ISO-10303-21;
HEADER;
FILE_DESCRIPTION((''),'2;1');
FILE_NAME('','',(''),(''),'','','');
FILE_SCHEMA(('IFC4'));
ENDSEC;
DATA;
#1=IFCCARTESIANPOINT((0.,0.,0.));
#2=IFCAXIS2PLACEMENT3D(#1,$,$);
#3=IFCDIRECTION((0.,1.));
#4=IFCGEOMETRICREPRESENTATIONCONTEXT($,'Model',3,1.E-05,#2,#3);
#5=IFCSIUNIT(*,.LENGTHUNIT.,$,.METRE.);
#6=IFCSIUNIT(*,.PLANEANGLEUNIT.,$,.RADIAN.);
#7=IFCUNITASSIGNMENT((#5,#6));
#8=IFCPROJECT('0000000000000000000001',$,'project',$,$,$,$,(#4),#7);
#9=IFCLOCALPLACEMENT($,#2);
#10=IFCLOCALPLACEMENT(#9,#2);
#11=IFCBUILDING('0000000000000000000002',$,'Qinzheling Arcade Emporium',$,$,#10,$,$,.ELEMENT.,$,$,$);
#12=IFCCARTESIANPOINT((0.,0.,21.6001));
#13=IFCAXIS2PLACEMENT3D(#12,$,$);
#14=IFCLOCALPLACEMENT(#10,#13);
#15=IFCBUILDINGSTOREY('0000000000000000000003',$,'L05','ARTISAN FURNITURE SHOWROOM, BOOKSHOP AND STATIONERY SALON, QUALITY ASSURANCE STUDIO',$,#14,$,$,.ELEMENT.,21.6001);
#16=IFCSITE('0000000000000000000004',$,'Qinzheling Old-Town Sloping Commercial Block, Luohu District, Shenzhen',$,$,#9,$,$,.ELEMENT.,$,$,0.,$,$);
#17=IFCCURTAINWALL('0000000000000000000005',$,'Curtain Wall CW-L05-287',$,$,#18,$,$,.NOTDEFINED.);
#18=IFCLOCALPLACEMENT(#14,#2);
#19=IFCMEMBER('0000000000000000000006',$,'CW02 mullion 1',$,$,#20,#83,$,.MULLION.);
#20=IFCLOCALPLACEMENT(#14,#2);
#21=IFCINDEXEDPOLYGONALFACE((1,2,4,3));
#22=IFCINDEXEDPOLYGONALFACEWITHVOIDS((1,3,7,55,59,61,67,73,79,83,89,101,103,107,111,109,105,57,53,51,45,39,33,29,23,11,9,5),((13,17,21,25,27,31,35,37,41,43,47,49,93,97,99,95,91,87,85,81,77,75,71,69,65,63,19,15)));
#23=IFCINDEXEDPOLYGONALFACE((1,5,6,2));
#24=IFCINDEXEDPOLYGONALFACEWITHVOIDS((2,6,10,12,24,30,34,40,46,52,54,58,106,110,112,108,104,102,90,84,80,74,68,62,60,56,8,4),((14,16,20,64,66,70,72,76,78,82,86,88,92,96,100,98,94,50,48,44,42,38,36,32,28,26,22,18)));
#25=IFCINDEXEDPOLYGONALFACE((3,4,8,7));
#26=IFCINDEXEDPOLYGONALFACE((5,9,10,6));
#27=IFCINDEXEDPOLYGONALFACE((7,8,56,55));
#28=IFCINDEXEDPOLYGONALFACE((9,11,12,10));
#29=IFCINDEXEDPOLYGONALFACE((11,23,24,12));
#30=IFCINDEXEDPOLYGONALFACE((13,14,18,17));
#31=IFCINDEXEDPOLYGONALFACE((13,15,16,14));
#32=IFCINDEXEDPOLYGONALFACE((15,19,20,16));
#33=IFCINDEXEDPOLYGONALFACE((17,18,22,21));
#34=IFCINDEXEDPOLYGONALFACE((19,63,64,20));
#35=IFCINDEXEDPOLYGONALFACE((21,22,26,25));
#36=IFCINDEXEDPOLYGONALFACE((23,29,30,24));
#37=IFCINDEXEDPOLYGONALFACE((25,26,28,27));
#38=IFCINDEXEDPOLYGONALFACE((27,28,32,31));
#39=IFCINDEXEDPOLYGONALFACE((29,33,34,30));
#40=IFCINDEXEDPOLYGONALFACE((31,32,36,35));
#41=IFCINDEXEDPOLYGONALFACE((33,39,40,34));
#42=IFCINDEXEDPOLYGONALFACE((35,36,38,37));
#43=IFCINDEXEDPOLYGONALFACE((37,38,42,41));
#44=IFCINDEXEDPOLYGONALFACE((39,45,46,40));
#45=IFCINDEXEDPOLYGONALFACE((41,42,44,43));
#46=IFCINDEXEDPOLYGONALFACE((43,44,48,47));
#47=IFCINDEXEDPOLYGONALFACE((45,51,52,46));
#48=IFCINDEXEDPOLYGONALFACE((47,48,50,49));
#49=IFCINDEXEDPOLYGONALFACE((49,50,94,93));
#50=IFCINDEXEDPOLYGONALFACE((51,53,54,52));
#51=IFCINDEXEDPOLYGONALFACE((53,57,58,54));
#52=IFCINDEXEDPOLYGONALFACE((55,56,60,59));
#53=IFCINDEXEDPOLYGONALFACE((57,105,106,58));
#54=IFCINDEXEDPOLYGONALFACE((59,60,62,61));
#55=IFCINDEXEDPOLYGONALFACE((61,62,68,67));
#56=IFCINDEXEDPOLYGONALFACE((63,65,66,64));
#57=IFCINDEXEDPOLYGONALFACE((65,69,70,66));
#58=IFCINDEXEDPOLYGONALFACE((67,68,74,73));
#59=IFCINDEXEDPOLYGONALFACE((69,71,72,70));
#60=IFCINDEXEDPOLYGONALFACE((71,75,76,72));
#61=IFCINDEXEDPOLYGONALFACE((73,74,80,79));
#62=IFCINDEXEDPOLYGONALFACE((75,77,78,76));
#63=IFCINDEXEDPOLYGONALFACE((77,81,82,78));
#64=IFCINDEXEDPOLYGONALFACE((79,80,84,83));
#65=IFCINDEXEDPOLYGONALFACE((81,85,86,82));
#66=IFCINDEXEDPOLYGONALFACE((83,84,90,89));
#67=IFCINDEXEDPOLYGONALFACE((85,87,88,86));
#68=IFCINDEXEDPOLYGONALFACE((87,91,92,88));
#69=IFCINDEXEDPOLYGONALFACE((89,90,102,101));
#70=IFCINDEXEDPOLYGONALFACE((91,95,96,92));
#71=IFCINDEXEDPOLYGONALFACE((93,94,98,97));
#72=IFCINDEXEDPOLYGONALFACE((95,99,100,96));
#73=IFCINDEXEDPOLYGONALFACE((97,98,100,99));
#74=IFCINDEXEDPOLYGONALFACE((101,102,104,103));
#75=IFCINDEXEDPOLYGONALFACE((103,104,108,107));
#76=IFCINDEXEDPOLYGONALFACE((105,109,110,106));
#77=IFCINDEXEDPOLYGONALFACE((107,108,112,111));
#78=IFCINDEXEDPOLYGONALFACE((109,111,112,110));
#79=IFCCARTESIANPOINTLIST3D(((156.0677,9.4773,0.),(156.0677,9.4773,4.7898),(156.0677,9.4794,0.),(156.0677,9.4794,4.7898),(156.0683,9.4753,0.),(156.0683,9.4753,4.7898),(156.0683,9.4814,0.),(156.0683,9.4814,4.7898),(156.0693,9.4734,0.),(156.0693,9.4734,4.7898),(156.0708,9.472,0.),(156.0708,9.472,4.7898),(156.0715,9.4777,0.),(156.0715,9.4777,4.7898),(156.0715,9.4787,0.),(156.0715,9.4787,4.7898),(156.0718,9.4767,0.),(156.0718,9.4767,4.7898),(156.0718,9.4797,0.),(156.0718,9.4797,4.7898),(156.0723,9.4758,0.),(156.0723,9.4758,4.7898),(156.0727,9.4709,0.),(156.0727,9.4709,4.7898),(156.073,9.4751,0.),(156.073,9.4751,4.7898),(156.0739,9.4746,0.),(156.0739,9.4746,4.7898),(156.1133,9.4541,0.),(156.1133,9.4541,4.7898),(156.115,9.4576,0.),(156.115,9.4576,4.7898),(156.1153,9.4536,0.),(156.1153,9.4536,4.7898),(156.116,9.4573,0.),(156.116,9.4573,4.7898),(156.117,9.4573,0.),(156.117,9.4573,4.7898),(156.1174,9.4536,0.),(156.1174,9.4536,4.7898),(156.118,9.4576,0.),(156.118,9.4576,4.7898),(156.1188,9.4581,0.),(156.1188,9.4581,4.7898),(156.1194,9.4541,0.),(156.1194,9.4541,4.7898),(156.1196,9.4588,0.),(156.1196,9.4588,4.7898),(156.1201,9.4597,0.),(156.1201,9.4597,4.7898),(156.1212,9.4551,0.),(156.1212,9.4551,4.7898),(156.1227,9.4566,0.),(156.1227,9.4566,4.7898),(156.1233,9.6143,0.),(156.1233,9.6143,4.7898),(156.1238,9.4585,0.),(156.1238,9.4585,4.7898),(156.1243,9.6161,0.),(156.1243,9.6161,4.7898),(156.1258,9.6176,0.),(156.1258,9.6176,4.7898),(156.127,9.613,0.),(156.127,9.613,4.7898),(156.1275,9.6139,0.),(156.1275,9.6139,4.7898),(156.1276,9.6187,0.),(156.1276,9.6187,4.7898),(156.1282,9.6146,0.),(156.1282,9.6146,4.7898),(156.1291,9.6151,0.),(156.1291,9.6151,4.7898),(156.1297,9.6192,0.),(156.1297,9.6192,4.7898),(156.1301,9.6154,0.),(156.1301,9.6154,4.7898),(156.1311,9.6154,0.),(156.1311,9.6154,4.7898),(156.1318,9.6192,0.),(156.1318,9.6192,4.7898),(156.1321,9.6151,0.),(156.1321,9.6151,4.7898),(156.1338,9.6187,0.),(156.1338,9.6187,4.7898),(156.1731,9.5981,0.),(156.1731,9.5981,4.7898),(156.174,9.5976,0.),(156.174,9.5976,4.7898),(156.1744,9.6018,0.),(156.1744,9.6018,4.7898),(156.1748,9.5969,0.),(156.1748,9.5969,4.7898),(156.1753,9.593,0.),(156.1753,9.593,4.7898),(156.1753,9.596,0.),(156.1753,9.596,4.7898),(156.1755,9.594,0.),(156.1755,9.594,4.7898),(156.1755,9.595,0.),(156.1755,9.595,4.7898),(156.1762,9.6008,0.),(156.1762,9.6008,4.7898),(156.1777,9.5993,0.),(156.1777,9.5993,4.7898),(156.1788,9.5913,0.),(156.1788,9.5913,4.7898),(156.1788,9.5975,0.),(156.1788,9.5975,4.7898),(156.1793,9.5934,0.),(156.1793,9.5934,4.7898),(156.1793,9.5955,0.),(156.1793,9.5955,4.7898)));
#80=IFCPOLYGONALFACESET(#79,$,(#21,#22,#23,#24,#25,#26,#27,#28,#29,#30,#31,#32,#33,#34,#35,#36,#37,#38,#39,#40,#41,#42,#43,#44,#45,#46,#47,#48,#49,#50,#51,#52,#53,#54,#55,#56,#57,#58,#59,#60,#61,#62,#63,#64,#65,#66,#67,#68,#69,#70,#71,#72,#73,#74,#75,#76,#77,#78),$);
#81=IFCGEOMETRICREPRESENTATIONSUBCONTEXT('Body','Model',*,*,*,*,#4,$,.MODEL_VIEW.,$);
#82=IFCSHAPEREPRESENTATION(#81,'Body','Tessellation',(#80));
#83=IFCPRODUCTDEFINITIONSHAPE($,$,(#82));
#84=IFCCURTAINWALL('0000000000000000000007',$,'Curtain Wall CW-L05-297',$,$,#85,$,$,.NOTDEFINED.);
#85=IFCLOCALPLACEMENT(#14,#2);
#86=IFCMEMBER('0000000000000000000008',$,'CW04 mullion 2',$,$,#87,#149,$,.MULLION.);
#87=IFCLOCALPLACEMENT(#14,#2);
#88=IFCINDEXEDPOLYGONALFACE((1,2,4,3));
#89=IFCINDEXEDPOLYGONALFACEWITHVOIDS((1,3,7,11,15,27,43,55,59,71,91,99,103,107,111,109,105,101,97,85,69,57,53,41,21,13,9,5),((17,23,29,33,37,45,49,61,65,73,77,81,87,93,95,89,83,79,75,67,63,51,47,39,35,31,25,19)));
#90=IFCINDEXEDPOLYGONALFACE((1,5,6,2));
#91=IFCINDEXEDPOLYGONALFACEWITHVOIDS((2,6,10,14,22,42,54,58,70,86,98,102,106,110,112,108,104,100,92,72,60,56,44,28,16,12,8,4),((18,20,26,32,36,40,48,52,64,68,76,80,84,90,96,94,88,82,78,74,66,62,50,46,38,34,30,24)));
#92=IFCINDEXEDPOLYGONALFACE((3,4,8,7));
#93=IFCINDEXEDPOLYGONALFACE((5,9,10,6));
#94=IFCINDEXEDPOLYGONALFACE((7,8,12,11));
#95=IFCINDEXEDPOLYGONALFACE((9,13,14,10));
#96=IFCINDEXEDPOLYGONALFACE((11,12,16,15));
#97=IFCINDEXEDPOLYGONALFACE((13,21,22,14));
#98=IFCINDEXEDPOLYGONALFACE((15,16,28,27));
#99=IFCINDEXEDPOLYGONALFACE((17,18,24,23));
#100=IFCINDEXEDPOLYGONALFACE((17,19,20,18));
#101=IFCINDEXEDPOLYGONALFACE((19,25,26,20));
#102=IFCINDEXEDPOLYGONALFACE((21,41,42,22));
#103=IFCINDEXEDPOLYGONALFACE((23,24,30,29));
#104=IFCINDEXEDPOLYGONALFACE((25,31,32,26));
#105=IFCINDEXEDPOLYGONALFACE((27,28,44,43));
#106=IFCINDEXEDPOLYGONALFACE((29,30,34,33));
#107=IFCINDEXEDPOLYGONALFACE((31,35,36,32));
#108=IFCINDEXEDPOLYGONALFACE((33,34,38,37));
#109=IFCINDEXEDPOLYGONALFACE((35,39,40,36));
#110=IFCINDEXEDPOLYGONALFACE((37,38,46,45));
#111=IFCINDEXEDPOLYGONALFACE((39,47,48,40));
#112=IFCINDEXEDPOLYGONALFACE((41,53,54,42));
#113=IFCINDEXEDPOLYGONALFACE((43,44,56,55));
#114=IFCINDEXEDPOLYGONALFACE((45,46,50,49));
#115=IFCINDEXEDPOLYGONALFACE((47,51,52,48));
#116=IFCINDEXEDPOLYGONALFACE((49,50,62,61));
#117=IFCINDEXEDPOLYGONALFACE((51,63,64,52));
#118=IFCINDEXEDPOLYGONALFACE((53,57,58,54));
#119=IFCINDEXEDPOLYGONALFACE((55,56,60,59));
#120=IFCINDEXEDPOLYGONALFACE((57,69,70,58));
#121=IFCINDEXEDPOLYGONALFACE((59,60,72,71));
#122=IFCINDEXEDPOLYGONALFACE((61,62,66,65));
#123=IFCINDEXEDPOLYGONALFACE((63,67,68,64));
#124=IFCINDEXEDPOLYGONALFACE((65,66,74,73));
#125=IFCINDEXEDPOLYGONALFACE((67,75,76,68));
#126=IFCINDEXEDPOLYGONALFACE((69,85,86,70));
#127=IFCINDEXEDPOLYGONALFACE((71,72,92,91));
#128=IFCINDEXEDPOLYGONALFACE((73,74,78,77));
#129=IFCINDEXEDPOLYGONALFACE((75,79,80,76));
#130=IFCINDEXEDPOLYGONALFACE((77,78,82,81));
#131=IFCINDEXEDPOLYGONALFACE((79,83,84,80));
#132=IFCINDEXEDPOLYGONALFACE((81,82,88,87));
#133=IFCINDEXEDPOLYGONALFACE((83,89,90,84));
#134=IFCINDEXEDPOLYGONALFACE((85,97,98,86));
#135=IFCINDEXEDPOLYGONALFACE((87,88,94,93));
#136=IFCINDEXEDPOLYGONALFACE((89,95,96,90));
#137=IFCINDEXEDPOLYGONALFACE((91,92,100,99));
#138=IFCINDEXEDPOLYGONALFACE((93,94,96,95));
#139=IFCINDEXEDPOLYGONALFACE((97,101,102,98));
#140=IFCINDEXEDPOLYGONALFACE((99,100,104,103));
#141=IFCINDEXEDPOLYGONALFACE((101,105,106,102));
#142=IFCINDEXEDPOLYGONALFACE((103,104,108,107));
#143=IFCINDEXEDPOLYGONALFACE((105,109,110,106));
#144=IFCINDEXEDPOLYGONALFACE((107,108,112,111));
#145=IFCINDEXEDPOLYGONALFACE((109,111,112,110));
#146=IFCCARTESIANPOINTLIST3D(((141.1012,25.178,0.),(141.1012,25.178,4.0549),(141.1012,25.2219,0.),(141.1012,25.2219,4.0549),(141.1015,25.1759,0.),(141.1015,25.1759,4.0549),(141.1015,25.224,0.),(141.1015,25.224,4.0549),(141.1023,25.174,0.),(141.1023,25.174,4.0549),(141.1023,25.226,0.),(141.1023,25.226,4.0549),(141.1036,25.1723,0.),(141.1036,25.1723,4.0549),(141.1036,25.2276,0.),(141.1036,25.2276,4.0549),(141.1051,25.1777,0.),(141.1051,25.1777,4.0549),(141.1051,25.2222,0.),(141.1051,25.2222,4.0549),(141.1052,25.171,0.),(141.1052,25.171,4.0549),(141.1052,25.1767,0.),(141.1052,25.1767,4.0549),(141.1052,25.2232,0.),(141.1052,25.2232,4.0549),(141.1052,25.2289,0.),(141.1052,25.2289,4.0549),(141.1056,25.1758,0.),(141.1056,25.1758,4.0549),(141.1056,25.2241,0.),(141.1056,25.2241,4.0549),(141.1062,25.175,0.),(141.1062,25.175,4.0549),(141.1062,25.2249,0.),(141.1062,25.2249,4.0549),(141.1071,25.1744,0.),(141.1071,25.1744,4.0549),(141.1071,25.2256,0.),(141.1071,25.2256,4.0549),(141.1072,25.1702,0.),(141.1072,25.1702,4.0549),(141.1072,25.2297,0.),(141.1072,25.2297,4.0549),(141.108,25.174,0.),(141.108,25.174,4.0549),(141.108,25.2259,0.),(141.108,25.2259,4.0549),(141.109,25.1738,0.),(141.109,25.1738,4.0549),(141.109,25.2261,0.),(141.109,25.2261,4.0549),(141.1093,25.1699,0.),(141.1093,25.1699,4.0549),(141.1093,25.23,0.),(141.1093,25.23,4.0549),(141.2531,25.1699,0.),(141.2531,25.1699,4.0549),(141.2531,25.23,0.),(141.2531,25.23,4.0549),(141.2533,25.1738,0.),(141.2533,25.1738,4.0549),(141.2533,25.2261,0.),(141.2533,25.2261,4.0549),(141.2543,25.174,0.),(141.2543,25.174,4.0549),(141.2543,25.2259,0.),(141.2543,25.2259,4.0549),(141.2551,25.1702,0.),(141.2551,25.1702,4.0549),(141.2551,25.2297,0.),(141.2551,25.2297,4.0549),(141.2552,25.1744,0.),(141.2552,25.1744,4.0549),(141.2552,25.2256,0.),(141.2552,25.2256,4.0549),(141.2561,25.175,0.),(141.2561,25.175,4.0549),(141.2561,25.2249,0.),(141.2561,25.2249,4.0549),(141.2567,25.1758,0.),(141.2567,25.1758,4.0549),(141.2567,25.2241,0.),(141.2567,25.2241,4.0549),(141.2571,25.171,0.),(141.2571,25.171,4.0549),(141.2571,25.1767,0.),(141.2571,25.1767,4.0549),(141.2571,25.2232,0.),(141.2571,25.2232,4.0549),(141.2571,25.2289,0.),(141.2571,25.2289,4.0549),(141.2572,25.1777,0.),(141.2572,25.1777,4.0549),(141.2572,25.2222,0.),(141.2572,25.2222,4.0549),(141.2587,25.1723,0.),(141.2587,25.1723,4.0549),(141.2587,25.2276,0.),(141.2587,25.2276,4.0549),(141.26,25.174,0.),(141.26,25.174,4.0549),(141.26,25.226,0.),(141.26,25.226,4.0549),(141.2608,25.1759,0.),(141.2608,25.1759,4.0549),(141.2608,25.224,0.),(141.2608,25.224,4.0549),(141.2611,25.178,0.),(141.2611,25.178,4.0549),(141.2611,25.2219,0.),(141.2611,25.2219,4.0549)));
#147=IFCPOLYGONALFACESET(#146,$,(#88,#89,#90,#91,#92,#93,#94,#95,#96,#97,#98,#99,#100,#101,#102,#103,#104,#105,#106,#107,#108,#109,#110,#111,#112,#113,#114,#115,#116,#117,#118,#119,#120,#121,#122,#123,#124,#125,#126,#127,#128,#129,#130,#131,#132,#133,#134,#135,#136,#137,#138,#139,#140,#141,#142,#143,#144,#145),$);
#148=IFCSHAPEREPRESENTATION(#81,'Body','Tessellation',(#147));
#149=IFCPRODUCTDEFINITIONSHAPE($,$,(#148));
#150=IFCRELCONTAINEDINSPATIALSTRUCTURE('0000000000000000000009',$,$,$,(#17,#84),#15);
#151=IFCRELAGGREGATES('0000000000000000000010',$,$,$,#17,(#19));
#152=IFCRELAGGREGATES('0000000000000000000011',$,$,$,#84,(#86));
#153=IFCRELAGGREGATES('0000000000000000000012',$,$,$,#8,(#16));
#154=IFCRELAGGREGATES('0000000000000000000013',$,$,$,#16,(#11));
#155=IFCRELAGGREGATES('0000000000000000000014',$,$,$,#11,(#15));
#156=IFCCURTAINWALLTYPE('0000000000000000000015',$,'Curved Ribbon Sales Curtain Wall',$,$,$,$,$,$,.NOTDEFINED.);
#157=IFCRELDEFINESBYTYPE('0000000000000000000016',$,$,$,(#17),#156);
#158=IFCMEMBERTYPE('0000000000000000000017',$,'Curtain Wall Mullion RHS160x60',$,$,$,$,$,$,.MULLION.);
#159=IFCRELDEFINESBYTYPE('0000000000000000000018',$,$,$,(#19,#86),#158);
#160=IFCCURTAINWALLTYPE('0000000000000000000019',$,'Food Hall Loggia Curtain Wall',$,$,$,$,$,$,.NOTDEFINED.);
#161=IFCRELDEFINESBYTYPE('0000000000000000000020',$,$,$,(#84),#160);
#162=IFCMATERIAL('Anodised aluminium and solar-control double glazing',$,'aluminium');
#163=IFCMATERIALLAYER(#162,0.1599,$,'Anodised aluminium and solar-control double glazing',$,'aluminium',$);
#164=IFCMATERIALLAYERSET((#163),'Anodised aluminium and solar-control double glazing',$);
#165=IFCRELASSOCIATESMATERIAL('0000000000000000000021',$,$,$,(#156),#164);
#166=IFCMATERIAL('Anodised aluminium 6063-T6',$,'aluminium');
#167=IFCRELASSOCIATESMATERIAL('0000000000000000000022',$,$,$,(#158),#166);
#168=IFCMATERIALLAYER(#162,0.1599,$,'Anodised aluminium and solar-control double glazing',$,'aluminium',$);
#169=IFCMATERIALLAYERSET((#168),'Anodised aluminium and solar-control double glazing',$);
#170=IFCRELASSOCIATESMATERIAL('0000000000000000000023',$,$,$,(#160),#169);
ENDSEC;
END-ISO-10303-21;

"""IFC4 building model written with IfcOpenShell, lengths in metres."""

from ifc_helpers import new_model, si_unit, direction, frame, origin, origin_2d, place, context, subcontext, project, spatial, hollow_rectangle, extrude, material, layer, layer_set, material_profile, profile_set, type_object, element, aggregate, save


model = new_model("IFC4")

# Units and contexts
model_context = context("Model", 3, precision=1e-05, world=origin(), true_north=direction((0.0, 1.0)))
body_context = subcontext(model_context, "Body", "Model", "MODEL_VIEW")
ifc_project = project(units=[si_unit("LENGTHUNIT", "METRE"), si_unit("PLANEANGLEUNIT", "RADIAN")], contexts=[model_context])

# Site, building, storey
site_placement = place(None, origin())
site = spatial("IfcSite", under=ifc_project, at=site_placement, Name="Qinzheling Old-Town Sloping Commercial Block, Luohu District, Shenzhen", CompositionType="ELEMENT", RefElevation=0.0)
building_placement = place(site_placement, origin())
building = spatial("IfcBuilding", under=site, at=building_placement, Name="Qinzheling Arcade Emporium", CompositionType="ELEMENT")
storey_placement = place(building_placement, frame((0.0, 0.0, 21.6001)))
storey = spatial("IfcBuildingStorey", under=building, at=storey_placement, Name="L05", Description="ARTISAN FURNITURE SHOWROOM, BOOKSHOP AND STATIONERY SALON, QUALITY ASSURANCE STUDIO", CompositionType="ELEMENT", Elevation=21.6001)

# Shared definitions
ifc_material_1 = material(Name="Anodised aluminium and solar-control double glazing", Category="aluminium")
ifc_layer_1 = layer(ifc_material_1, 0.1599, Name="Anodised aluminium and solar-control double glazing", Category="aluminium")
ifc_layer_set_1 = layer_set([ifc_layer_1], Name="Anodised aluminium and solar-control double glazing")
curtain_wall_type_1 = type_object("IfcCurtainWallType", Name="Curved Ribbon Sales Curtain Wall", PredefinedType="NOTDEFINED", material=ifc_layer_set_1)
ifc_material_2 = material(Name="Anodised aluminium 6063-T6", Category="aluminium")
ifc_material_profile_1 = material_profile(ifc_material_2, hollow_rectangle(XDim=0.0601, YDim=0.1599, WallThickness=0.0039, InnerFilletRadius=0.0039, OuterFilletRadius=0.0081, at=origin_2d()), Name="RHS 160x60x4", Category="aluminium")
ifc_profile_set_1 = profile_set([ifc_material_profile_1], Name="Anodised aluminium 6063-T6")
member_type_1 = type_object("IfcMemberType", Name="Curtain Wall Mullion RHS160x60", PredefinedType="MULLION", material=ifc_profile_set_1)

# Curtain walls, members
curtain_wall_1_placement = place(storey_placement, origin())
curtain_wall_1 = element("IfcCurtainWall", 1, at=curtain_wall_1_placement, inside=storey, type_object=curtain_wall_type_1, Name="Curtain Wall CW-L05-287", PredefinedType="NOTDEFINED")
member_1_placement = place(storey_placement, frame((156.1235, 9.5364, 0.0), z_axis=(0.0, 0.0, 1.0), x_axis=(0.923968, -0.38247, 0.0)))
member_1 = element("IfcMember", 2, at=member_1_placement, type_object=member_type_1, Name="CW02 mullion 1", PredefinedType="MULLION", context=body_context, shape_type="SweptSolid", body=[
    extrude(hollow_rectangle(XDim=0.0601, YDim=0.1599, WallThickness=0.0039, InnerFilletRadius=0.0039, OuterFilletRadius=0.0081, at=origin_2d()), origin(), (0.0, 0.0, 1.0), 4.7898),
])
ifc_layer_2 = layer(ifc_material_1, 0.1599, Name="Anodised aluminium and solar-control double glazing", Category="aluminium")
ifc_layer_set_2 = layer_set([ifc_layer_2], Name="Anodised aluminium and solar-control double glazing")
curtain_wall_type_2 = type_object("IfcCurtainWallType", Name="Food Hall Loggia Curtain Wall", PredefinedType="NOTDEFINED", material=ifc_layer_set_2)
curtain_wall_2_placement = place(storey_placement, origin())
curtain_wall_2 = element("IfcCurtainWall", 3, at=curtain_wall_2_placement, inside=storey, type_object=curtain_wall_type_2, Name="Curtain Wall CW-L05-297", PredefinedType="NOTDEFINED")
member_2_placement = place(storey_placement, frame((141.1812, 25.2, 0.0), z_axis=(0.0, 0.0, 1.0), x_axis=(0.0, 1.0, 0.0)))
member_2 = element("IfcMember", 4, at=member_2_placement, type_object=member_type_1, Name="CW04 mullion 2", PredefinedType="MULLION", context=body_context, shape_type="SweptSolid", body=[
    extrude(hollow_rectangle(XDim=0.0601, YDim=0.1599, WallThickness=0.0039, InnerFilletRadius=0.0039, OuterFilletRadius=0.0081, at=origin_2d()), origin(), (0.0, 0.0, 1.0), 4.0549),
])

aggregate(curtain_wall_1, [member_1])
aggregate(curtain_wall_2, [member_2])

save(model, "model.ifc")
